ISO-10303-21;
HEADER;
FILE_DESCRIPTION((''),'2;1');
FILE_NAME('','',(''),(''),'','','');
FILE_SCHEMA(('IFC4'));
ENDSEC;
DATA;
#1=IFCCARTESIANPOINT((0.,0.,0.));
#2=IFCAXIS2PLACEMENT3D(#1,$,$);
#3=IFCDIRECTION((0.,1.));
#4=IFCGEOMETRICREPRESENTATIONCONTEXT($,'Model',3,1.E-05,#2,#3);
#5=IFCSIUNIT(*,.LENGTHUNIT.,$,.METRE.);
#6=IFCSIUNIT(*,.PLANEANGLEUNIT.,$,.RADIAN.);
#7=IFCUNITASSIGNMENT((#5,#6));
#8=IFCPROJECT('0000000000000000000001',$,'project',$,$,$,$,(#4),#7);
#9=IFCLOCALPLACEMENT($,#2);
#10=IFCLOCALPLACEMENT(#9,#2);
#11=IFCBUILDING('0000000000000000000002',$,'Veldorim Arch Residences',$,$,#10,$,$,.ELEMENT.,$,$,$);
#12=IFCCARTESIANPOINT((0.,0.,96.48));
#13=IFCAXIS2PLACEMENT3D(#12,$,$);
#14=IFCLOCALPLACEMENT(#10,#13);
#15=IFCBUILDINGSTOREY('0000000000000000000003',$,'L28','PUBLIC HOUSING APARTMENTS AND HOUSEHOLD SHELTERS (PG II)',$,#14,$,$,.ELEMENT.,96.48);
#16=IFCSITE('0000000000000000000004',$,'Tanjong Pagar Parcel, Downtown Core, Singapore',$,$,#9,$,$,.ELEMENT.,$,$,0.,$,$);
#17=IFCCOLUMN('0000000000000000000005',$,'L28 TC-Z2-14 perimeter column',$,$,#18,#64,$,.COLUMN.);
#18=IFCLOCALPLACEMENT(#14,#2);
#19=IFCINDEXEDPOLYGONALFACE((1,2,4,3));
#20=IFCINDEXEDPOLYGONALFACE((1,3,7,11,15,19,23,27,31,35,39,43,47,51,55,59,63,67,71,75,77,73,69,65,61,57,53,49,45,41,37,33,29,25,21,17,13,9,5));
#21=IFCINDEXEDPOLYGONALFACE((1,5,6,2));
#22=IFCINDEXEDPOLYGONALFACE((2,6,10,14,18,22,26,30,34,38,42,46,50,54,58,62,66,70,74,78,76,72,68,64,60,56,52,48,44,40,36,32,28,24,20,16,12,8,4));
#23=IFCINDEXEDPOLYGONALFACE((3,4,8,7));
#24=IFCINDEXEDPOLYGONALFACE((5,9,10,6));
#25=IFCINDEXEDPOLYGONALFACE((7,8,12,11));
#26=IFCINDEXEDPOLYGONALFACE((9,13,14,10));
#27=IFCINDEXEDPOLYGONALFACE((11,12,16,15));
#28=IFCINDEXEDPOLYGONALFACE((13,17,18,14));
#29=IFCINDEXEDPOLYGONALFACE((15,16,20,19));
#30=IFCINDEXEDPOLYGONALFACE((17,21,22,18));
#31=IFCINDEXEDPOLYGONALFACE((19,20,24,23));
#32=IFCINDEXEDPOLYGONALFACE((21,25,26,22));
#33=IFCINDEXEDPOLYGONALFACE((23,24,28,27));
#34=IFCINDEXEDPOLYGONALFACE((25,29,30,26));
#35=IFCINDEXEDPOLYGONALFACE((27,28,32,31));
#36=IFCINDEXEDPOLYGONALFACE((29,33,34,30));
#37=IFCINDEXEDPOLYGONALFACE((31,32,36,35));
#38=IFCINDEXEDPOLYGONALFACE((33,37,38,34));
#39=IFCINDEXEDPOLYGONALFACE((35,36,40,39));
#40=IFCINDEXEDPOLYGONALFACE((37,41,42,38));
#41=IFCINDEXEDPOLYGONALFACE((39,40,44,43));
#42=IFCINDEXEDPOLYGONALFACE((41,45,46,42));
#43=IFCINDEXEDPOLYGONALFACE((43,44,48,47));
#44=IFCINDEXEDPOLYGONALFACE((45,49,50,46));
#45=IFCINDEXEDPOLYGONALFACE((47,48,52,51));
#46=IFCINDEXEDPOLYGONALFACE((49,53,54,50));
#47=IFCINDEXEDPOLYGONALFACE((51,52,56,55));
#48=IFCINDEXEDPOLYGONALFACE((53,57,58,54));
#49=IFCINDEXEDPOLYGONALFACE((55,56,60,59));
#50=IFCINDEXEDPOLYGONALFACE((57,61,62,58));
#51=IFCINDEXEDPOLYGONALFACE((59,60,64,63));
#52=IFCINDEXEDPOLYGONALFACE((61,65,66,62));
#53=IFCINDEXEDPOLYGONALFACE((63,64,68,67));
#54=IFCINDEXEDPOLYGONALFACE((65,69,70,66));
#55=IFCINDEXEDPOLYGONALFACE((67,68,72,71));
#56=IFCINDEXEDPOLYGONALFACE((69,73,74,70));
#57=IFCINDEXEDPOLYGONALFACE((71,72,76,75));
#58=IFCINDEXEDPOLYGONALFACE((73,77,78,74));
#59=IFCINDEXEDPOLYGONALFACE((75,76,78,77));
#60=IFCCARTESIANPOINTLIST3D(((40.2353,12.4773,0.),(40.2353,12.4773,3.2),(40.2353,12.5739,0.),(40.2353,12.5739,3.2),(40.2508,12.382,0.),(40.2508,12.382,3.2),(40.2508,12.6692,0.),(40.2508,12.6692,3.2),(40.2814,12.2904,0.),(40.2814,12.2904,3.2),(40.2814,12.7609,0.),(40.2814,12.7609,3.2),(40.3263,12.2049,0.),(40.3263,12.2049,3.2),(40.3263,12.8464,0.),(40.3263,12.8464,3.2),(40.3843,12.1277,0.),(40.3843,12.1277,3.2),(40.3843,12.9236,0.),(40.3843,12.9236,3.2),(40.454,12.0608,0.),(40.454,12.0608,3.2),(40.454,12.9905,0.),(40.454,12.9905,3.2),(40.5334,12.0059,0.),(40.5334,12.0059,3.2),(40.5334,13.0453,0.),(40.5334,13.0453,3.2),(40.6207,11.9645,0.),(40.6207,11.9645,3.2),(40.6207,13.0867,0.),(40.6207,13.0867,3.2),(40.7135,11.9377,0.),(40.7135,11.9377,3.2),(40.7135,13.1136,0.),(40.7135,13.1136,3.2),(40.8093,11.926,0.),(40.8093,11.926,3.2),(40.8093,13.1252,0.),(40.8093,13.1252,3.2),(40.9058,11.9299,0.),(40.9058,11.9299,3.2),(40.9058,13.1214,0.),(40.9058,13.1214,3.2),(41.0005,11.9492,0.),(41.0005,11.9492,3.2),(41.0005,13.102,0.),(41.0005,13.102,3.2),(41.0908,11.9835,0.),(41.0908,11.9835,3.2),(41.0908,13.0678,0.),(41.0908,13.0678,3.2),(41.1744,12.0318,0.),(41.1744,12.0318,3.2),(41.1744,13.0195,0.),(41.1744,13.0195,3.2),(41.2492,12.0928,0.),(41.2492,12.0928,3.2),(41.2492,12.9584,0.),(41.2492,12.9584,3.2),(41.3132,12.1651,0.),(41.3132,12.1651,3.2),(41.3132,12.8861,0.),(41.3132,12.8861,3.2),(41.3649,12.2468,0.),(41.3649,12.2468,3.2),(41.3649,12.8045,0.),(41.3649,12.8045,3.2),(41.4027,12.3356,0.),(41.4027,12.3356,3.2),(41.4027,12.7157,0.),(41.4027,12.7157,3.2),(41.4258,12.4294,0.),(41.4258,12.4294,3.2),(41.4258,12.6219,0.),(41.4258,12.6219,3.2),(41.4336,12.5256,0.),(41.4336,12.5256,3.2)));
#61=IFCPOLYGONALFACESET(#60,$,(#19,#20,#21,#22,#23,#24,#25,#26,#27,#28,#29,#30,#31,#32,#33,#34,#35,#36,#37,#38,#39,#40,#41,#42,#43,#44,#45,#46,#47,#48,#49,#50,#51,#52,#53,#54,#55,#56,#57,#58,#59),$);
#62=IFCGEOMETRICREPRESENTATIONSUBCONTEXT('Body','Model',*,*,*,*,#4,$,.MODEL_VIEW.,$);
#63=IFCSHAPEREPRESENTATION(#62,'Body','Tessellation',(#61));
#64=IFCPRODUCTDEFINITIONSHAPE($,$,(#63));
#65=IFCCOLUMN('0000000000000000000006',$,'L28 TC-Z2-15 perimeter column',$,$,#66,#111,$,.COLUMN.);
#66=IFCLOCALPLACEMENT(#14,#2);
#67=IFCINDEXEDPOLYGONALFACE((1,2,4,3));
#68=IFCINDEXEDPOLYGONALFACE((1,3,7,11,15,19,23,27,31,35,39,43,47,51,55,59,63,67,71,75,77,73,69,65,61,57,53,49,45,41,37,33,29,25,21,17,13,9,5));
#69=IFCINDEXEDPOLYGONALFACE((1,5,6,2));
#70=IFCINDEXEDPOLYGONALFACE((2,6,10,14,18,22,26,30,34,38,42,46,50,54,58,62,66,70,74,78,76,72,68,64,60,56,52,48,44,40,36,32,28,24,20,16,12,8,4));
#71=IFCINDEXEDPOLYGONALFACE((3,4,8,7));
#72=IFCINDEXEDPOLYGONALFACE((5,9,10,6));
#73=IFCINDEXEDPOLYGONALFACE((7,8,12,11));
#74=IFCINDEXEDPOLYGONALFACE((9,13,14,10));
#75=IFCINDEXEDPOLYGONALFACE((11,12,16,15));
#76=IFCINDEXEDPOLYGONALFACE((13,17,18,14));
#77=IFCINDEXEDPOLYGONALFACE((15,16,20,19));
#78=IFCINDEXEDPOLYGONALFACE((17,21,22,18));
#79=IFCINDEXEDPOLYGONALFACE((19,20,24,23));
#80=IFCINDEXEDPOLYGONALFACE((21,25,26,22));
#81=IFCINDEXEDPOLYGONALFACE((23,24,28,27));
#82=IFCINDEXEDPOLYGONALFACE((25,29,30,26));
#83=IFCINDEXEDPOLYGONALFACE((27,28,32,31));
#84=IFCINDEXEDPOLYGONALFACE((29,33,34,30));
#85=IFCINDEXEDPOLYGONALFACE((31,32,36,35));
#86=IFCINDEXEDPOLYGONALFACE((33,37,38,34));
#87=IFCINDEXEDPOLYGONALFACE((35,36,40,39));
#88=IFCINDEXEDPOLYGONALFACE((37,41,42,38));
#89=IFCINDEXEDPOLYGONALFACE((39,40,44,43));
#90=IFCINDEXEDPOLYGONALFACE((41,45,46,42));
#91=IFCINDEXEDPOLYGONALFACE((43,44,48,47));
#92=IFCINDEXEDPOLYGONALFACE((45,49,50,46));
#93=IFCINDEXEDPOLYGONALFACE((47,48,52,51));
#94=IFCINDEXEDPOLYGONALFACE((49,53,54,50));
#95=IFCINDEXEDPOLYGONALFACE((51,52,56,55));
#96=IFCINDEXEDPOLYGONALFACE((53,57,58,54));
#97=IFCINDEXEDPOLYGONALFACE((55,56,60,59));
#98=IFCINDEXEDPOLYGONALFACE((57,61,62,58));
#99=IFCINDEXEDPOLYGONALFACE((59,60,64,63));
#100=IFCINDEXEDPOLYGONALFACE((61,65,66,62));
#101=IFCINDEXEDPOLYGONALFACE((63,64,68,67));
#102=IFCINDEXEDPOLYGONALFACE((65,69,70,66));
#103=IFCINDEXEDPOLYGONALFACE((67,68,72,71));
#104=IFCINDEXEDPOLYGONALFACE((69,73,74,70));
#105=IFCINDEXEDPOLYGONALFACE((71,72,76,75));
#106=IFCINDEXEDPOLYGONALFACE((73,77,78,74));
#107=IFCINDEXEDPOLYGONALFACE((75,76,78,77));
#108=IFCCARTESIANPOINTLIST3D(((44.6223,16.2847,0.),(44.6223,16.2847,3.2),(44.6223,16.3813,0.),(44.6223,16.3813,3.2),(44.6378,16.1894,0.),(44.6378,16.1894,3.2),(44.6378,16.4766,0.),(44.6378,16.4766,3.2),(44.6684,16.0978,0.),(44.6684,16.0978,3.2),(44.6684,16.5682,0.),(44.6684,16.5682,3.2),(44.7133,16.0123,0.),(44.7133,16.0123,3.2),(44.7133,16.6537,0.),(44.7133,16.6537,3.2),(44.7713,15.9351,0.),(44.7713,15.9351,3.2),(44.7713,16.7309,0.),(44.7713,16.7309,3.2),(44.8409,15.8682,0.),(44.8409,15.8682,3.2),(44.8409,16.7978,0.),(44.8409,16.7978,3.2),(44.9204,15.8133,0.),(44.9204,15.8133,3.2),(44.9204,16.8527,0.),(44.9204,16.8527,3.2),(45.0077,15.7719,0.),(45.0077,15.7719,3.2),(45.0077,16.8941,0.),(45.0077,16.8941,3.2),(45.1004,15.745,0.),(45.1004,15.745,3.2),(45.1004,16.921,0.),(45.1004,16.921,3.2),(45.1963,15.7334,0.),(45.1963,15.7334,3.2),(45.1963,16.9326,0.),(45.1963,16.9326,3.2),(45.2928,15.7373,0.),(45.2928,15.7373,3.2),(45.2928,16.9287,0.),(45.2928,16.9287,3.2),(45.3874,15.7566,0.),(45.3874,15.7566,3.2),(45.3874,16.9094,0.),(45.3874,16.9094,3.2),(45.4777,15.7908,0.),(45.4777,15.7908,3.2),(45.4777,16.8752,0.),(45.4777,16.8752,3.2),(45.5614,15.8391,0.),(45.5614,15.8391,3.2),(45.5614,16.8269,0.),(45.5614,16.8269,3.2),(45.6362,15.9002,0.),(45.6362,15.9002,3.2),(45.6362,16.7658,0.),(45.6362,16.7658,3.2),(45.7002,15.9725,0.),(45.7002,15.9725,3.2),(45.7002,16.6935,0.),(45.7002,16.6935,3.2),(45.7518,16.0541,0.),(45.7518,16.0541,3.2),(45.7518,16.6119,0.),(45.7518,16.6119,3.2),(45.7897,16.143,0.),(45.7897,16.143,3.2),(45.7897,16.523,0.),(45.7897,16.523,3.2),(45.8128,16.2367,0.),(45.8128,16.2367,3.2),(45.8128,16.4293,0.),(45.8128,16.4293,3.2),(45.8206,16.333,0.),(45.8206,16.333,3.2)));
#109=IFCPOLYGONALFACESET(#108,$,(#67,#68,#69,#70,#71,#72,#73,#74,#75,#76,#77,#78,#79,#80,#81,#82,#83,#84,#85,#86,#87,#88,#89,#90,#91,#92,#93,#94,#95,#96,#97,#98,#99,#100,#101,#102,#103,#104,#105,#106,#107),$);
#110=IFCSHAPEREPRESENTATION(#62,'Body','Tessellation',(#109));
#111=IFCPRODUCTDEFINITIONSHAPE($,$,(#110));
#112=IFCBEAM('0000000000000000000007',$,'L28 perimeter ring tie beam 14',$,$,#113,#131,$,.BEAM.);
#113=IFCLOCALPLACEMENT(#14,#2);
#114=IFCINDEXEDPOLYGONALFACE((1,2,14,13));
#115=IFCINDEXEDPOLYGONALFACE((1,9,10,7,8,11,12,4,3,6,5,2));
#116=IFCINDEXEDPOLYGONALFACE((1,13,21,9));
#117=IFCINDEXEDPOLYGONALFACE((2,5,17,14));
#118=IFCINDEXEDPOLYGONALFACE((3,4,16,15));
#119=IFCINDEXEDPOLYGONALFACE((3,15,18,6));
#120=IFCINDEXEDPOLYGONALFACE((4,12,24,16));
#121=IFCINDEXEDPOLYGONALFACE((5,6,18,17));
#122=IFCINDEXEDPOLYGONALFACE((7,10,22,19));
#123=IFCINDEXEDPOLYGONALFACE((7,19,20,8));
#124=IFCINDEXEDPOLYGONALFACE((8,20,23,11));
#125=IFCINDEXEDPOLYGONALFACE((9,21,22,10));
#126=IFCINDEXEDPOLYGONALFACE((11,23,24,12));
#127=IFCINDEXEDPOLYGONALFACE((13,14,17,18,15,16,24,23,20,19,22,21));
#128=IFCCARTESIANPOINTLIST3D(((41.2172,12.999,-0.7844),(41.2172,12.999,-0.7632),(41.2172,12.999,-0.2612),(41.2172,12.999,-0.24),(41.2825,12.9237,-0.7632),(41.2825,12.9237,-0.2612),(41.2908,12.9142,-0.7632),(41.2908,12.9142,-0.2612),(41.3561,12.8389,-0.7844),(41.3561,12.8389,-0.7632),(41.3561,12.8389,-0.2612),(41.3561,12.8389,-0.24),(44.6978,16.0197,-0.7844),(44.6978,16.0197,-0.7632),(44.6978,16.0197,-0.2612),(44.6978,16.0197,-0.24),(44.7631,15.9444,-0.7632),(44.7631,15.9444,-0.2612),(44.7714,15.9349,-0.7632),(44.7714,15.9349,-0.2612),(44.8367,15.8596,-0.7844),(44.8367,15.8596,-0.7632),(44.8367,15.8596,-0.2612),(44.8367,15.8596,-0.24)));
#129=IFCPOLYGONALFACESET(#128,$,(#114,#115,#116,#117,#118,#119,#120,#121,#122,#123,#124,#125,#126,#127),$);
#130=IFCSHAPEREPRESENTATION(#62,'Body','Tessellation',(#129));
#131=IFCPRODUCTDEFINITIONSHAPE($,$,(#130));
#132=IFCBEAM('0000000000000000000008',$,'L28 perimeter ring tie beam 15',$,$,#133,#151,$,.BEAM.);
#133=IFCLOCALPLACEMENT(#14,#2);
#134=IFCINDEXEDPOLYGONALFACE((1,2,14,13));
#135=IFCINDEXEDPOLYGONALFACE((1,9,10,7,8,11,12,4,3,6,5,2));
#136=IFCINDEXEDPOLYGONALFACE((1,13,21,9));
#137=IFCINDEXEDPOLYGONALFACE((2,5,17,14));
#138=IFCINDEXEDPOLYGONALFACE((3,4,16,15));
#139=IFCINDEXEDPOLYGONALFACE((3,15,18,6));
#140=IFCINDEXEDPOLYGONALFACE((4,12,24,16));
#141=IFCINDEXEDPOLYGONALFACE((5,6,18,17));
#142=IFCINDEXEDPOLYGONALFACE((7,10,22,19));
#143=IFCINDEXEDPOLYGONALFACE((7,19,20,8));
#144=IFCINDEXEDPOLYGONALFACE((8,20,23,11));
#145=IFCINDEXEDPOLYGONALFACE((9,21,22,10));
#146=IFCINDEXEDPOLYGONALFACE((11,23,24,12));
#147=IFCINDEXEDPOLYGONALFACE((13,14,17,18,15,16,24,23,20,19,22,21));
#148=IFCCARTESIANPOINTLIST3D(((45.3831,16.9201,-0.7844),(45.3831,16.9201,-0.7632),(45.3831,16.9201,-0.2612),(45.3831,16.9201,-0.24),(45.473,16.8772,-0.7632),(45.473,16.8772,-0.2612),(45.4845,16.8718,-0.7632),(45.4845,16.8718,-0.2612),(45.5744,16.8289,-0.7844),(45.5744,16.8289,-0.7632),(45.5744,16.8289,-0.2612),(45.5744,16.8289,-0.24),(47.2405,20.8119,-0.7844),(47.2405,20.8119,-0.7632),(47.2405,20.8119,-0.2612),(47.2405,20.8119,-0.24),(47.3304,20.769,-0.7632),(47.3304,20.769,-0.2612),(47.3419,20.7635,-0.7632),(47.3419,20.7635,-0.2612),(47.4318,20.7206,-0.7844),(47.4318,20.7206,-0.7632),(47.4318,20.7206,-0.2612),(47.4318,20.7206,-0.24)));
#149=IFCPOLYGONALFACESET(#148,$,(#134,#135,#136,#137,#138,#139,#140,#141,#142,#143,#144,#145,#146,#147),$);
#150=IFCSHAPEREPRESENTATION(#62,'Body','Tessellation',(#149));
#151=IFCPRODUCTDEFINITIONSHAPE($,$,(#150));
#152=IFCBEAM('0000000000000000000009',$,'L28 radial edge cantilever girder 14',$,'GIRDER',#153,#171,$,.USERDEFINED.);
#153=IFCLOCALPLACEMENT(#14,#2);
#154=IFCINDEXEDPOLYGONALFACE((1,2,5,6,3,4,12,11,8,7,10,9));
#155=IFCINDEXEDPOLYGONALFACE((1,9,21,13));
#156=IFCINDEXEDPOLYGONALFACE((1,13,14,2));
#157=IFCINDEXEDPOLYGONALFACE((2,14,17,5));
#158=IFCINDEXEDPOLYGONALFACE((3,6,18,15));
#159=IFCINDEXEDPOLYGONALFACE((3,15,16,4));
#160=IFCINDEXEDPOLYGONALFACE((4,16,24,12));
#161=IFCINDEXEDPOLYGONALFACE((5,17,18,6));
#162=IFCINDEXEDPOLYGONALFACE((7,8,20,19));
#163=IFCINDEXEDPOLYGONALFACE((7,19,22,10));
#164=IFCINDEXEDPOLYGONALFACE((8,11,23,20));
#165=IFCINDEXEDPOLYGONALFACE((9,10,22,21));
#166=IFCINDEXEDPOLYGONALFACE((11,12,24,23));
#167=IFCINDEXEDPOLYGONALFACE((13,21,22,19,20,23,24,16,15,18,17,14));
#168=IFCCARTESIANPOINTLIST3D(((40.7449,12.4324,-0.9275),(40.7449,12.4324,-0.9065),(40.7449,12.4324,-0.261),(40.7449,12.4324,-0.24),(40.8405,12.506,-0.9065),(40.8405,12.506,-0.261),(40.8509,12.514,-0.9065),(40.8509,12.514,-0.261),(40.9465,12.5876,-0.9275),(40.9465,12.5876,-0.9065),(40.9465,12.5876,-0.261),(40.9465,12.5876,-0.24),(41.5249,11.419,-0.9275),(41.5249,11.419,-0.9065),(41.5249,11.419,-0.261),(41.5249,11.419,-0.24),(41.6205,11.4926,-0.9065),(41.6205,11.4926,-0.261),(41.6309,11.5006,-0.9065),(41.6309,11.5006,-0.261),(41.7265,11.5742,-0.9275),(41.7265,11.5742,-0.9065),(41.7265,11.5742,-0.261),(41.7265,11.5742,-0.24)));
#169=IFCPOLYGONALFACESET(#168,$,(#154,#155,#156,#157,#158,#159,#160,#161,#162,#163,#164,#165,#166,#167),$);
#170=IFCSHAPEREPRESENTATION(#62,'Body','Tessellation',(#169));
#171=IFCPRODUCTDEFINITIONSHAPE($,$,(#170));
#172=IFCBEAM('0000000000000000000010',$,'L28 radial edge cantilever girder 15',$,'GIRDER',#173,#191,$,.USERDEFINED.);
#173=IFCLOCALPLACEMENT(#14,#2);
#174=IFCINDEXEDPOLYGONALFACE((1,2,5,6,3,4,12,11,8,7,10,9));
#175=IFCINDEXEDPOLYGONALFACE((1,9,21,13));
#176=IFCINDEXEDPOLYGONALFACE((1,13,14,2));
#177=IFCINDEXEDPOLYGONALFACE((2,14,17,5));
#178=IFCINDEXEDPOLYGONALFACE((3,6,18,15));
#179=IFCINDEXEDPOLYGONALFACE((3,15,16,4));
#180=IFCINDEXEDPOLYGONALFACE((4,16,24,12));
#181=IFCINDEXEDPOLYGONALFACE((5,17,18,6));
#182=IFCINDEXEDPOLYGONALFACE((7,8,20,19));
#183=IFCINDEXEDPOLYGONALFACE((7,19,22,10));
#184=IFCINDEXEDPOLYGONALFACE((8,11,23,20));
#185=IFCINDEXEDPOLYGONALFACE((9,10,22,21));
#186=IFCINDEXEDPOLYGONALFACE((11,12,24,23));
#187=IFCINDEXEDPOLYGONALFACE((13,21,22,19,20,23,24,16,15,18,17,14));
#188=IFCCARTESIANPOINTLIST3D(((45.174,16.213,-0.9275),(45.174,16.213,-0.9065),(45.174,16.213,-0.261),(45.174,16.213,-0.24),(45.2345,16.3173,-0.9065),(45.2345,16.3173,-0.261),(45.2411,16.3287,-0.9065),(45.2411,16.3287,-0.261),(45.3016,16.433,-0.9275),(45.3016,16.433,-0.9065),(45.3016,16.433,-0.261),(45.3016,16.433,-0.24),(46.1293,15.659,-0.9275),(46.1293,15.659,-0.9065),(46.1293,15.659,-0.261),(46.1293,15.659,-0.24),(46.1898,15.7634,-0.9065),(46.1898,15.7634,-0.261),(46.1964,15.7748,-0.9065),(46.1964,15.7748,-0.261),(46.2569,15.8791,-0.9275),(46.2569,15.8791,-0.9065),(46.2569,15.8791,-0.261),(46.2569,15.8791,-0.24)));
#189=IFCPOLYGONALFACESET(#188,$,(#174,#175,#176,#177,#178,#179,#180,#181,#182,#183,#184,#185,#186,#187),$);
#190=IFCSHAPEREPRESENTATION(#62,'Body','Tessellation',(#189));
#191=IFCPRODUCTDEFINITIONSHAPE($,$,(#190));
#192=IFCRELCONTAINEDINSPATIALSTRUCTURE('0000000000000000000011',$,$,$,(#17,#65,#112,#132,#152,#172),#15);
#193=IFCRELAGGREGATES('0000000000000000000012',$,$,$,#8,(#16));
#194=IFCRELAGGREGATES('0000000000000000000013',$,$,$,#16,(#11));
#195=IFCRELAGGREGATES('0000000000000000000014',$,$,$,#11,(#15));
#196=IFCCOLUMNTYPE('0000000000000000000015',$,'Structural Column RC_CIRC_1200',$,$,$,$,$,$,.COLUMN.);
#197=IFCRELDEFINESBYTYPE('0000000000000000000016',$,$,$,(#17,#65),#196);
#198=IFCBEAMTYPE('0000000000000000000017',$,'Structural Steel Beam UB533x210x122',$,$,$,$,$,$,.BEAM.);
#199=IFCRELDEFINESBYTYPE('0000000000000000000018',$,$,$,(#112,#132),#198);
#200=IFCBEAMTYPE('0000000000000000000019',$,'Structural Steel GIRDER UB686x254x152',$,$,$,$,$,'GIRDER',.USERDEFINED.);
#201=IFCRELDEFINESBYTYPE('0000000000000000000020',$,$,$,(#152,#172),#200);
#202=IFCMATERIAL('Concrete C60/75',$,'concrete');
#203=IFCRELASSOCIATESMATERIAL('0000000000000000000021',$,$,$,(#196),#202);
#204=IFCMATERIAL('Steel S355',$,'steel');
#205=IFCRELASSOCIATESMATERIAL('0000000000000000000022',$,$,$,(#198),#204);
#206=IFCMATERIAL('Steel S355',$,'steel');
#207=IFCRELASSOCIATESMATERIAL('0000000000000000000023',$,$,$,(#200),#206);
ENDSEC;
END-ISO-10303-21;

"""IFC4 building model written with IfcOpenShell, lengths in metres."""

from ifc_helpers import new_model, si_unit, direction, frame, origin, origin_2d, place, context, subcontext, project, spatial, circle, i_section, extrude, material, material_profile, profile_set, type_object, element, save


model = new_model("IFC4")

# Units and contexts
model_context = context("Model", 3, precision=1e-05, world=origin(), true_north=direction((0.0, 1.0)))
body_context = subcontext(model_context, "Body", "Model", "MODEL_VIEW")
ifc_project = project(units=[si_unit("LENGTHUNIT", "METRE"), si_unit("PLANEANGLEUNIT", "RADIAN")], contexts=[model_context])

# Site, building, storey
site_placement = place(None, origin())
site = spatial("IfcSite", under=ifc_project, at=site_placement, Name="Tanjong Pagar Parcel, Downtown Core, Singapore", CompositionType="ELEMENT", RefElevation=0.0)
building_placement = place(site_placement, origin())
building = spatial("IfcBuilding", under=site, at=building_placement, Name="Veldorim Arch Residences", CompositionType="ELEMENT")
storey_placement = place(building_placement, frame((0.0, 0.0, 96.48)))
storey = spatial("IfcBuildingStorey", under=building, at=storey_placement, Name="L28", Description="PUBLIC HOUSING APARTMENTS AND HOUSEHOLD SHELTERS (PG II)", CompositionType="ELEMENT", Elevation=96.48)

# Columns
ifc_material_1 = material(Name="Concrete C60/75", Category="concrete")
ifc_material_profile_1 = material_profile(ifc_material_1, circle(Radius=0.6001, at=origin_2d()), Name="RC_CIRC_1200")
ifc_profile_set_1 = profile_set([ifc_material_profile_1], Name="Concrete C60/75")
column_type = type_object("IfcColumnType", Name="Structural Column RC_CIRC_1200", PredefinedType="COLUMN", material=ifc_profile_set_1)
for number, where, z_axis, x_axis, name in (
    (1, (40.8335, 12.5256, 0.0), (0.0, 0.0, 1.0), (1.0, 0.0, 0.0), "L28 TC-Z2-14 perimeter column"),
    (2, (45.2205, 16.333, 0.0), (0.0, 0.0, 1.0), (1.0, 0.0, 0.0), "L28 TC-Z2-15 perimeter column"),
):
    element("IfcColumn", number, at=place(storey_placement, frame(where, z_axis=z_axis, x_axis=x_axis)), inside=storey, type_object=column_type, Name=name, PredefinedType="COLUMN", context=body_context, shape_type="SweptSolid", body=[
        extrude(circle(Radius=0.6001, at=origin_2d()), origin(), (0.0, 0.0, 1.0), 3.2),
    ])

# Beams
ifc_material_2 = material(Name="Steel S355", Category="steel")
ifc_material_profile_2 = material_profile(ifc_material_2, i_section(OverallWidth=0.2119, OverallDepth=0.5444, WebThickness=0.0127, FlangeThickness=0.0212, at=origin_2d()), Name="UB533x210x122")
ifc_profile_set_2 = profile_set([ifc_material_profile_2], Name="Steel S355")
beam_type_1 = type_object("IfcBeamType", Name="Structural Steel Beam UB533x210x122", PredefinedType="BEAM", material=ifc_profile_set_2)
beam_1_placement = place(storey_placement, frame((41.2866, 12.9189, -0.5122), z_axis=(0.755245, 0.655443, 0.0), x_axis=(-0.655443, 0.755245, 0.0)))
element("IfcBeam", 3, at=beam_1_placement, inside=storey, type_object=beam_type_1, Name="L28 perimeter ring tie beam 14", PredefinedType="BEAM", context=body_context, shape_type="SweptSolid", body=[
    extrude(i_section(OverallWidth=0.2119, OverallDepth=0.5444, WebThickness=0.0127, FlangeThickness=0.0212, at=origin_2d()), origin(), (0.0, 0.0, 1.0), 4.6086),
])
beam_2_placement = place(storey_placement, frame((45.4788, 16.8745, -0.5122), z_axis=(0.43072, 0.902486, 0.0), x_axis=(-0.902486, 0.43072, 0.0)))
element("IfcBeam", 4, at=beam_2_placement, inside=storey, type_object=beam_type_1, Name="L28 perimeter ring tie beam 15", PredefinedType="BEAM", context=body_context, shape_type="SweptSolid", body=[
    extrude(i_section(OverallWidth=0.2119, OverallDepth=0.5444, WebThickness=0.0127, FlangeThickness=0.0212, at=origin_2d()), origin(), (0.0, 0.0, 1.0), 4.3123),
])
ifc_material_3 = material(Name="Steel S355", Category="steel")
ifc_material_profile_3 = material_profile(ifc_material_3, i_section(OverallWidth=0.2544, OverallDepth=0.6875, WebThickness=0.0132, FlangeThickness=0.021, at=origin_2d()), Name="UB686x254x152")
ifc_profile_set_3 = profile_set([ifc_material_profile_3], Name="Steel S355")
beam_type_2 = type_object("IfcBeamType", Name="Structural Steel GIRDER UB686x254x152", ElementType="GIRDER", PredefinedType="USERDEFINED", material=ifc_profile_set_3)
beam_3_placement = place(storey_placement, frame((40.8457, 12.51, -0.5837), z_axis=(0.609941, -0.792447, 0.0), x_axis=(0.792447, 0.609941, 0.0)))
element("IfcBeam", 5, at=beam_3_placement, inside=storey, type_object=beam_type_2, Name="L28 radial edge cantilever girder 14", ObjectType="GIRDER", PredefinedType="USERDEFINED", context=body_context, shape_type="SweptSolid", body=[
    extrude(i_section(OverallWidth=0.2544, OverallDepth=0.6875, WebThickness=0.0132, FlangeThickness=0.021, at=origin_2d()), origin(), (0.0, 0.0, 1.0), 1.2788),
])
beam_4_placement = place(storey_placement, frame((45.2378, 16.323, -0.5837), z_axis=(0.865083, -0.501629, 0.0), x_axis=(0.501629, 0.865083, 0.0)))
element("IfcBeam", 6, at=beam_4_placement, inside=storey, type_object=beam_type_2, Name="L28 radial edge cantilever girder 15", ObjectType="GIRDER", PredefinedType="USERDEFINED", context=body_context, shape_type="SweptSolid", body=[
    extrude(i_section(OverallWidth=0.2544, OverallDepth=0.6875, WebThickness=0.0132, FlangeThickness=0.021, at=origin_2d()), origin(), (0.0, 0.0, 1.0), 1.1042),
])

save(model, "model.ifc")
